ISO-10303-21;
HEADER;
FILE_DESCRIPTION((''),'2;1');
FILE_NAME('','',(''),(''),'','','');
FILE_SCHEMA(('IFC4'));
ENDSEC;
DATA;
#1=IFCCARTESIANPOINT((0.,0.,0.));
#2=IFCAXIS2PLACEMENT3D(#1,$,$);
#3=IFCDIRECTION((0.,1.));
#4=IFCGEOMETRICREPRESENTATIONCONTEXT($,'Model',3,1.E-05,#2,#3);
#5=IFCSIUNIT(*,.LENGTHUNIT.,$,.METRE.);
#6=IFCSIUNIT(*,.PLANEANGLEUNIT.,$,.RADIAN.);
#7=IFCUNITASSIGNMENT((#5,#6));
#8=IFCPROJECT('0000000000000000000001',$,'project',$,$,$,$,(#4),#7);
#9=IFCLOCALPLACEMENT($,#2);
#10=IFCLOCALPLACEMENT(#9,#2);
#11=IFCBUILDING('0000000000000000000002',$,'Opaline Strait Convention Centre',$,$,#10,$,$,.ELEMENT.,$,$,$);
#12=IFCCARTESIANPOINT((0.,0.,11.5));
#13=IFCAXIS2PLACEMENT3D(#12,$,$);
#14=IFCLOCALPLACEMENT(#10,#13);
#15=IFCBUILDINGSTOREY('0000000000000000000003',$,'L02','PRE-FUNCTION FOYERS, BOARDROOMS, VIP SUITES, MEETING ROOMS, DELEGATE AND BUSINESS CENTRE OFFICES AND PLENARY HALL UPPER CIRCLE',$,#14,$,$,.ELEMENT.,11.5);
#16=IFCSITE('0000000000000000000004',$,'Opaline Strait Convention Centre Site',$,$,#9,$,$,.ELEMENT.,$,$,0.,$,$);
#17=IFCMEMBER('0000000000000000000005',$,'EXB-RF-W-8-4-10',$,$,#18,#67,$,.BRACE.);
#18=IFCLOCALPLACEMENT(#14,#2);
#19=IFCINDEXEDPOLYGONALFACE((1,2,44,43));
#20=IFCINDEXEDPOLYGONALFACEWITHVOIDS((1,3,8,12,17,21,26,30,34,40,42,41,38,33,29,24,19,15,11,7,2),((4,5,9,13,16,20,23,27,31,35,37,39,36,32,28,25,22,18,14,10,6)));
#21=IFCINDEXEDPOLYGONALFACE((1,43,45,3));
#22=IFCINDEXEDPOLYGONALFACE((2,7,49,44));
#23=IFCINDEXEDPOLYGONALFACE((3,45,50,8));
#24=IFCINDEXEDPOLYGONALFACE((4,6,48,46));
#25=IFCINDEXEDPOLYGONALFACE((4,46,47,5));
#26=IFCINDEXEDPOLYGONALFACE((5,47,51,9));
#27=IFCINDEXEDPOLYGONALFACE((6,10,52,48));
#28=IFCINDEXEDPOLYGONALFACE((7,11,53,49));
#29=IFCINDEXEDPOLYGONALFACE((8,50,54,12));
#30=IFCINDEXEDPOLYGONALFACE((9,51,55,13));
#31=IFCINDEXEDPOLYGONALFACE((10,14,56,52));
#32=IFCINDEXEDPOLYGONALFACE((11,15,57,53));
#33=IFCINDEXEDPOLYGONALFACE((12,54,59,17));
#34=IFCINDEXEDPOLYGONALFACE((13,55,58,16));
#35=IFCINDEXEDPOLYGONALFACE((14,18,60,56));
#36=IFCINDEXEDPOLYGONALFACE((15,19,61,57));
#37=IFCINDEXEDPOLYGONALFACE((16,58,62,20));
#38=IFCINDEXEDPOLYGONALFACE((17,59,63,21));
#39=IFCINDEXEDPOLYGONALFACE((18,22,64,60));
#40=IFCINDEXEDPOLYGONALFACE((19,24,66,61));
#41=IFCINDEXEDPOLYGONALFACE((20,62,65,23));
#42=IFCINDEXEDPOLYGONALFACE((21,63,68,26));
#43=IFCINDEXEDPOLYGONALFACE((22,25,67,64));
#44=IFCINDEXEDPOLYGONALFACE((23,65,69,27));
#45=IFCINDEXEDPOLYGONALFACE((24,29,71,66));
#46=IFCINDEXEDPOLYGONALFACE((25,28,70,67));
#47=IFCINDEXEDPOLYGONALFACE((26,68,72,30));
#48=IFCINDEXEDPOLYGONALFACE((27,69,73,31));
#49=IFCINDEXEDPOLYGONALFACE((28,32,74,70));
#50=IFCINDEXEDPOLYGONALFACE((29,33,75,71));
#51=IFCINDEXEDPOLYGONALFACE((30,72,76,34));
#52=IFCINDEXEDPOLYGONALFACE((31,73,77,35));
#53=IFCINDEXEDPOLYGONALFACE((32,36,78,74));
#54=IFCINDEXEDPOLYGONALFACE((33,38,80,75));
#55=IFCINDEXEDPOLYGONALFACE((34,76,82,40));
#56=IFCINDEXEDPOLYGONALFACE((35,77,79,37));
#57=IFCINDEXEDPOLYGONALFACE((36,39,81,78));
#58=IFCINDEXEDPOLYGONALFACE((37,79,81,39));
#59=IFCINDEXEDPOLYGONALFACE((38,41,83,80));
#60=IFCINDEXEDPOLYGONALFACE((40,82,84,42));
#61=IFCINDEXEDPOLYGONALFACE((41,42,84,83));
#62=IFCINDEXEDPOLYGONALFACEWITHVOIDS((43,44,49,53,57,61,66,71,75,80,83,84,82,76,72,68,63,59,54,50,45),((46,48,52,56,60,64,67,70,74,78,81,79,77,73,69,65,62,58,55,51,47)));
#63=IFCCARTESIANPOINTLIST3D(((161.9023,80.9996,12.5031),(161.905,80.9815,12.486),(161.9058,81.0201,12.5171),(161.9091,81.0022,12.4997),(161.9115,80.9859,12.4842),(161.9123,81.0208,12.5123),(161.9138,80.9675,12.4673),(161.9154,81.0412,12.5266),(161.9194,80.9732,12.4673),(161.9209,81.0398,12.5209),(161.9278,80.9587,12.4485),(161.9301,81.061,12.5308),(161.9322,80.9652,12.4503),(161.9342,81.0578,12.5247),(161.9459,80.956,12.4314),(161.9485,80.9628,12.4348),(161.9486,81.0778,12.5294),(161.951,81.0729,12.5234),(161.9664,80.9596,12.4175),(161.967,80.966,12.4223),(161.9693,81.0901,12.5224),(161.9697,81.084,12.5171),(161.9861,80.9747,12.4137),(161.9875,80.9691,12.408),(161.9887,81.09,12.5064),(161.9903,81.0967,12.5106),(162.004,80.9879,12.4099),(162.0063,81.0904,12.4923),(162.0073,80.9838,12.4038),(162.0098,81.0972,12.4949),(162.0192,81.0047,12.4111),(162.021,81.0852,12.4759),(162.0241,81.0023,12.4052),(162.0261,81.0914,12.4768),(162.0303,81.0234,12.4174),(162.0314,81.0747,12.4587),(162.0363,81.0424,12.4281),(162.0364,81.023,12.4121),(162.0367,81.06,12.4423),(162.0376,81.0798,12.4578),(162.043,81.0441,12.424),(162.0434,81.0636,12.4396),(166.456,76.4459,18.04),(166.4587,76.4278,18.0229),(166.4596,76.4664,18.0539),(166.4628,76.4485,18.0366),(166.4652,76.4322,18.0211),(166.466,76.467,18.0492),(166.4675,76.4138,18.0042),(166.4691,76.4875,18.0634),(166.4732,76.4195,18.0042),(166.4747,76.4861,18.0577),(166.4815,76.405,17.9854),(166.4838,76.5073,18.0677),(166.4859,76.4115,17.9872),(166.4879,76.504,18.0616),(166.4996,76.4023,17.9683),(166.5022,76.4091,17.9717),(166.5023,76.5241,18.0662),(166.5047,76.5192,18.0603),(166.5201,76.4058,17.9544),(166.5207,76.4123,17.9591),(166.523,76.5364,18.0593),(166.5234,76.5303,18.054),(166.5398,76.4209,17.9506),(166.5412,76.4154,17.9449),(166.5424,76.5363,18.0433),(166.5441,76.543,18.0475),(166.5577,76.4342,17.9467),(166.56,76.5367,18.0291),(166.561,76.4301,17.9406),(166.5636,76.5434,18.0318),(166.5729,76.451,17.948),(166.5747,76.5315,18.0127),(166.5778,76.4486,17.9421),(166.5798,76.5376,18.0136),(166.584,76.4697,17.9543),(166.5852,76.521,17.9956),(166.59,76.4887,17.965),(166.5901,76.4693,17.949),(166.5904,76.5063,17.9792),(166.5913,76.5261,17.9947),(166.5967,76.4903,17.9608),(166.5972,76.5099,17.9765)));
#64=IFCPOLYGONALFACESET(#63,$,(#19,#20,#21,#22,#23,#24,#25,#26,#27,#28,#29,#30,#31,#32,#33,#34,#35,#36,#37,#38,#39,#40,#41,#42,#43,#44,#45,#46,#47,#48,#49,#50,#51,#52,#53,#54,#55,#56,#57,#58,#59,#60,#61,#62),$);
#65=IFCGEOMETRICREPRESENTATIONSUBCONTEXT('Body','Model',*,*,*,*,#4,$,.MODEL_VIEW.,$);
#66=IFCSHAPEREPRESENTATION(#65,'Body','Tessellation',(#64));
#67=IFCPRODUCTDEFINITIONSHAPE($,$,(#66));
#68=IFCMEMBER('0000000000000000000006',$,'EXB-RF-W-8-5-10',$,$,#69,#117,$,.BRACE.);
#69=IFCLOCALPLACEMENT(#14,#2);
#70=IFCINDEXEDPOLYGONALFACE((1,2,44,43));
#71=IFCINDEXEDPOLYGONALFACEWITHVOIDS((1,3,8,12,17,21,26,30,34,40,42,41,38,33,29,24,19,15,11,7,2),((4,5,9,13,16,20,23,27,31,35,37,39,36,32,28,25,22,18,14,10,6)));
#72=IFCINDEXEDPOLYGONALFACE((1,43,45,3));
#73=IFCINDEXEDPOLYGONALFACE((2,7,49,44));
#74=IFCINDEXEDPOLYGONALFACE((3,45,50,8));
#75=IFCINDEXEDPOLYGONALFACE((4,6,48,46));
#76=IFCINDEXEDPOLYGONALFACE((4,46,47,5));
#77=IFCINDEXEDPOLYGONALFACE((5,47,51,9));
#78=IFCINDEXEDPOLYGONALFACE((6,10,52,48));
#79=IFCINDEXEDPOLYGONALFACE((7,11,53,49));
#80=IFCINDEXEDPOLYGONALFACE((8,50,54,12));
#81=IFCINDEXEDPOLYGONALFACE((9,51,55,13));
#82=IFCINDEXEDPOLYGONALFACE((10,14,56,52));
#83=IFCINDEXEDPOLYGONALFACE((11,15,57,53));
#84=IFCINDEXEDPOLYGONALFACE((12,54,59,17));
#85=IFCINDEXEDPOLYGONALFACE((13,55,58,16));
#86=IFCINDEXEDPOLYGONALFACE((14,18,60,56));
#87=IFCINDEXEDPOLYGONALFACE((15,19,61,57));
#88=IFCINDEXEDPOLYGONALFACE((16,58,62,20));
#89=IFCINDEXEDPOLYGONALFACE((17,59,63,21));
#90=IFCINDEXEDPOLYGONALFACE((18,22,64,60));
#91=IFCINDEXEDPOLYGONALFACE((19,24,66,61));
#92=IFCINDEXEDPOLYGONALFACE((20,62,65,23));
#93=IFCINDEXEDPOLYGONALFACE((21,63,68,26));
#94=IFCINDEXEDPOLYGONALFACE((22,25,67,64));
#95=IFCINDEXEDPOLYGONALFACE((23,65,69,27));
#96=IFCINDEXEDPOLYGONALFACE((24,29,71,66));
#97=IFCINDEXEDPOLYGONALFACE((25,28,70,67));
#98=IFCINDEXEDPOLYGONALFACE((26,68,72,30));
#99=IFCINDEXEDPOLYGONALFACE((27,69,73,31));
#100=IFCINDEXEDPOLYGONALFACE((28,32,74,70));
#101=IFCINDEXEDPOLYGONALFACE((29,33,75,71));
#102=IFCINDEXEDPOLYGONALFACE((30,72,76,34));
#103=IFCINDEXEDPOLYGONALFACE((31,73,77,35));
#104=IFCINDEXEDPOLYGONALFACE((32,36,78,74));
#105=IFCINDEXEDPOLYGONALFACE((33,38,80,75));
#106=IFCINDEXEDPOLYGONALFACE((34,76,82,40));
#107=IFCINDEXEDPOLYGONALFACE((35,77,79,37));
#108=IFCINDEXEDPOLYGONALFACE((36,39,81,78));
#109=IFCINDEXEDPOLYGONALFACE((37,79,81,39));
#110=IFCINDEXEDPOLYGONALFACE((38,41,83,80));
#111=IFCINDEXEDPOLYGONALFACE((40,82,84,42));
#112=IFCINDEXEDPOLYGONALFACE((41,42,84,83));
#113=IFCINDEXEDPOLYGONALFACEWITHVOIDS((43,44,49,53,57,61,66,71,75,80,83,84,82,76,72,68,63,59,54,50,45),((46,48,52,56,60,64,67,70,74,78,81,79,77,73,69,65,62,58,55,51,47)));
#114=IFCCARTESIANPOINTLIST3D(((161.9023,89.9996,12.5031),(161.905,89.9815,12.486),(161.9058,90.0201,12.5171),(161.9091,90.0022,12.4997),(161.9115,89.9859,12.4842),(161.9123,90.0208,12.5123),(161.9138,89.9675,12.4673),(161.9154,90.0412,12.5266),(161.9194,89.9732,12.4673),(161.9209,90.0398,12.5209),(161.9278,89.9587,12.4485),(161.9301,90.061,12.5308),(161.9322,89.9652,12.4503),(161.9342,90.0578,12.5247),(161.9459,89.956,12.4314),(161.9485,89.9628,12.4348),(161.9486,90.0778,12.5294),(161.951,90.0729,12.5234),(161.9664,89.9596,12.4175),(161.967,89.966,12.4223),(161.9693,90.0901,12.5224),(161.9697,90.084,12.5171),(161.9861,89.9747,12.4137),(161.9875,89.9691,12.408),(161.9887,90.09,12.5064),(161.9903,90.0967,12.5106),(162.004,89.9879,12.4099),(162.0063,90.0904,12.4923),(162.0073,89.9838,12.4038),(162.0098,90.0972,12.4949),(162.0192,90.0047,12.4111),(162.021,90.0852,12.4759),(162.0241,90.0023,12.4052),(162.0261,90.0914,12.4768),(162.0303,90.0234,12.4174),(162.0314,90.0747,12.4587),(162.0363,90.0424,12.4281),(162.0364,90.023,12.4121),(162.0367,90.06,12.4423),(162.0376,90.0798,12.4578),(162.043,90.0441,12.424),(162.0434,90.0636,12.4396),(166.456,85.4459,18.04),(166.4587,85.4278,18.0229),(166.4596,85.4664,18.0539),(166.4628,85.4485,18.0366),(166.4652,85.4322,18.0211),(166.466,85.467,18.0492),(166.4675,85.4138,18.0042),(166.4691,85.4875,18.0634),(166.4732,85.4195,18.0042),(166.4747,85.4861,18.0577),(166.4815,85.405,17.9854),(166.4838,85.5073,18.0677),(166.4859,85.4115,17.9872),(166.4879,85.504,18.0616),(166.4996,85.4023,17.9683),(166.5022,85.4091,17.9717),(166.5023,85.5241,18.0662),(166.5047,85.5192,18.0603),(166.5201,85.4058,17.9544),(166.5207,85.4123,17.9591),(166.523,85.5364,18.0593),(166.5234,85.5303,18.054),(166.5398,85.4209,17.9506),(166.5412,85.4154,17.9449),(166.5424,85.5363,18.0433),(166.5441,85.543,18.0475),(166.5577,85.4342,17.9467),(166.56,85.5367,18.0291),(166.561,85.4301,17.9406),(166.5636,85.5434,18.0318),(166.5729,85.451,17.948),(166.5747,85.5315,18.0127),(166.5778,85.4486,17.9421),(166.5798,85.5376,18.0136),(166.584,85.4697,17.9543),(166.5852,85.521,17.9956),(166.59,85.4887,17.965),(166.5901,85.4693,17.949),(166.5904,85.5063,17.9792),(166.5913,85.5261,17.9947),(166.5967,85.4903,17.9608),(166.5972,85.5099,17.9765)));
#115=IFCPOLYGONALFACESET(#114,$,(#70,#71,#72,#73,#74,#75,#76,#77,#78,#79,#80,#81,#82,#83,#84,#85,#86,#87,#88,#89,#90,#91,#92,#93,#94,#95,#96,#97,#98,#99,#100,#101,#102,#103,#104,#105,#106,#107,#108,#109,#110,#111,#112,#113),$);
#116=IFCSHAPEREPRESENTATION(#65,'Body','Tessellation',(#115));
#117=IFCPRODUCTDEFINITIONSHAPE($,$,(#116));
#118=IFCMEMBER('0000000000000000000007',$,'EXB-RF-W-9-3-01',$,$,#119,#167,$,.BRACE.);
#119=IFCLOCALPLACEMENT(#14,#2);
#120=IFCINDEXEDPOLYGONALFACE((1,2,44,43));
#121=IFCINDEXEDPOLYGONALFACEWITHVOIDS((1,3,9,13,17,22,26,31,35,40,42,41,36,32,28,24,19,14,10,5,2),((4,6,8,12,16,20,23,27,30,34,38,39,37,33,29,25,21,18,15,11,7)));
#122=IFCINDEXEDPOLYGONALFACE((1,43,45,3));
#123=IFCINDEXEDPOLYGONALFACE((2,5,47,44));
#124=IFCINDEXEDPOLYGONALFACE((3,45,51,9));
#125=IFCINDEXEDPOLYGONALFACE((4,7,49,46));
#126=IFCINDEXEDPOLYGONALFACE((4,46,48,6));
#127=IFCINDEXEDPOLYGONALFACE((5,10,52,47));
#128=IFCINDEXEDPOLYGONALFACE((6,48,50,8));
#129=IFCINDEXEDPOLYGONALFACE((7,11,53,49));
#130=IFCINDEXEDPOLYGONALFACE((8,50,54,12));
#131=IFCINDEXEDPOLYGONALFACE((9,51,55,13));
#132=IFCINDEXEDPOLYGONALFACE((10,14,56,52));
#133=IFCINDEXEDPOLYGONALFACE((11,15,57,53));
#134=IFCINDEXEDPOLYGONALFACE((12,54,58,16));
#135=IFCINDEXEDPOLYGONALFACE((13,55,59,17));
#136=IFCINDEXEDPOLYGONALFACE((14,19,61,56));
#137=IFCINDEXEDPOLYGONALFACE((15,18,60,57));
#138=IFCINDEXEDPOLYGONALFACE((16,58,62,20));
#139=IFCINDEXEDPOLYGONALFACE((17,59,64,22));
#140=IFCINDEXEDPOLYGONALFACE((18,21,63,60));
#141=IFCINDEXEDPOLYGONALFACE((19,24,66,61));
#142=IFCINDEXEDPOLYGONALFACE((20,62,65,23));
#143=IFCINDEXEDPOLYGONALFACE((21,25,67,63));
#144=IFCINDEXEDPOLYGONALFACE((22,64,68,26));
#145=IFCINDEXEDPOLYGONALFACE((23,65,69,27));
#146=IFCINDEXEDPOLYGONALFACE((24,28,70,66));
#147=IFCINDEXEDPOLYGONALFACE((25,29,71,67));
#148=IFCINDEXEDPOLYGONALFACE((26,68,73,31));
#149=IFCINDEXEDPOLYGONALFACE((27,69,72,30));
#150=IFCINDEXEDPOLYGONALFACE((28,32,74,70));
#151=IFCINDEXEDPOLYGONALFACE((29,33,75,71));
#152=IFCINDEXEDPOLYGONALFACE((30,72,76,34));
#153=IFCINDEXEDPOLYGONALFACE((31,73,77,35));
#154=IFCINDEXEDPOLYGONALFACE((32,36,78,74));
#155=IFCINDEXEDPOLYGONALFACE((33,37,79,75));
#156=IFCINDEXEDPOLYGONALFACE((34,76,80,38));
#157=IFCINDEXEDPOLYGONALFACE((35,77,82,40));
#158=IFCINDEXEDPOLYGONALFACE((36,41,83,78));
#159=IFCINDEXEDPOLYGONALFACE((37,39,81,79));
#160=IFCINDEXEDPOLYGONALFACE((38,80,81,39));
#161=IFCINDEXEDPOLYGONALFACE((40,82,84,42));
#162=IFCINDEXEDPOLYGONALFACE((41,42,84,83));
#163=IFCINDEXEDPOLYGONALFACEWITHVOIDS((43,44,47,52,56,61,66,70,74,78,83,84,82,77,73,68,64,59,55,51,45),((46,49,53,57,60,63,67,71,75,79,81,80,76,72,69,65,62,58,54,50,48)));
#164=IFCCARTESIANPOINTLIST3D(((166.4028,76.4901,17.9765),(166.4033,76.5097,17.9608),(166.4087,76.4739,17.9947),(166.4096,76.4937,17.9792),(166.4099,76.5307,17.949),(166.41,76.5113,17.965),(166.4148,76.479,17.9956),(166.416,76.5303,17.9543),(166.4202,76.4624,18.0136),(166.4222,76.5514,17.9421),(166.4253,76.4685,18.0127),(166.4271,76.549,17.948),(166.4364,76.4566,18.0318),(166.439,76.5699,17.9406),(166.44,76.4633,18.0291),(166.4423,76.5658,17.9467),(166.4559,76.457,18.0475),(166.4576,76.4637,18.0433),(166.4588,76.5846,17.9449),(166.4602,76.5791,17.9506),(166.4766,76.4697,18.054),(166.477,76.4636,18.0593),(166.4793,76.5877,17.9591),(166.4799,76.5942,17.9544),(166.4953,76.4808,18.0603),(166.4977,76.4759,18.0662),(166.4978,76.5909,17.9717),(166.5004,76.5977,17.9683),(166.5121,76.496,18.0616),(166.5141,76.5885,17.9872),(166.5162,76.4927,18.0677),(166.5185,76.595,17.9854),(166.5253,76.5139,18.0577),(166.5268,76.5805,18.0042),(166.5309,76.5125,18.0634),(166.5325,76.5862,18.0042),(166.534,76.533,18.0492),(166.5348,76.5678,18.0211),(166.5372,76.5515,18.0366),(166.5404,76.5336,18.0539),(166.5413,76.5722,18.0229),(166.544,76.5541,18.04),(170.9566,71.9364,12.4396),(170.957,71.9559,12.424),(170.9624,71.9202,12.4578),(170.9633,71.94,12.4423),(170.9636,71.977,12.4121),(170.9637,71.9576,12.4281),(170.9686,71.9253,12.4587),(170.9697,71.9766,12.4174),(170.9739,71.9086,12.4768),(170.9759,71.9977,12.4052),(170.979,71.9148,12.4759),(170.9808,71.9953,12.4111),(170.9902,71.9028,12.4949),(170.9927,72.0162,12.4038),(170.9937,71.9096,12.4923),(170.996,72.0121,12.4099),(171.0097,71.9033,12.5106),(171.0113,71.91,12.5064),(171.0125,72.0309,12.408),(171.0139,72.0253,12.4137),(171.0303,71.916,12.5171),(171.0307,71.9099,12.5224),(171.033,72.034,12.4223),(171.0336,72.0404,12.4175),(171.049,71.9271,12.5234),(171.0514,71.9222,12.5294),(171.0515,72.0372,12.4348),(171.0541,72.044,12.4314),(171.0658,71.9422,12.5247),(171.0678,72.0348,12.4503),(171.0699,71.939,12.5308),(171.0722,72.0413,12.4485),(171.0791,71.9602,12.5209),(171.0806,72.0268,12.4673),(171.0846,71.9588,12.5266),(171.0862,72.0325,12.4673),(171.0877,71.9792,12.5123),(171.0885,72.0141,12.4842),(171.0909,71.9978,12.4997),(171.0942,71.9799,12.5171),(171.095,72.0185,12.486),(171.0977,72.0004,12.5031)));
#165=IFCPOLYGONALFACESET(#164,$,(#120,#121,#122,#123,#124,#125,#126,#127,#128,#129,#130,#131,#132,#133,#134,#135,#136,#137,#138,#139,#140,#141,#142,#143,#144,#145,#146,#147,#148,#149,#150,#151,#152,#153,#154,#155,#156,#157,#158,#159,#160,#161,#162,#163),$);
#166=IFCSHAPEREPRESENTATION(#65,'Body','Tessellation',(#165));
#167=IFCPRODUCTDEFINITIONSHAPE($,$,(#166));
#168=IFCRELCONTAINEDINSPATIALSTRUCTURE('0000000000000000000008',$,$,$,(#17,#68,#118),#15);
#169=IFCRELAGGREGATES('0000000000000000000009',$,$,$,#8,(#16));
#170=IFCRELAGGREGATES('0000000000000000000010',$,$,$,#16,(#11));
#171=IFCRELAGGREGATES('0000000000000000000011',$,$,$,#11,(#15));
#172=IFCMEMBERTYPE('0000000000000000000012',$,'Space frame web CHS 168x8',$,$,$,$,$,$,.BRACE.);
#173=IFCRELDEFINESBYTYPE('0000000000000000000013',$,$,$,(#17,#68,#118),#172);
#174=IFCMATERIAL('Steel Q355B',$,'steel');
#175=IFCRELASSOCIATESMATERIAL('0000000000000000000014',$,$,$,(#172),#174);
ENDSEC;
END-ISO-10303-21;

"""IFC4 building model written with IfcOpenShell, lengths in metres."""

from ifc_helpers import new_model, si_unit, direction, frame, origin, origin_2d, place, context, subcontext, project, spatial, hollow_circle, extrude, material, material_profile, profile_set, type_object, element, save


model = new_model("IFC4")

# Units and contexts
model_context = context("Model", 3, precision=1e-05, world=origin(), true_north=direction((0.0, 1.0)))
body_context = subcontext(model_context, "Body", "Model", "MODEL_VIEW")
ifc_project = project(units=[si_unit("LENGTHUNIT", "METRE"), si_unit("PLANEANGLEUNIT", "RADIAN")], contexts=[model_context])

# Site, building, storey
site_placement = place(None, origin())
site = spatial("IfcSite", under=ifc_project, at=site_placement, Name="Opaline Strait Convention Centre Site", CompositionType="ELEMENT", RefElevation=0.0)
building_placement = place(site_placement, origin())
building = spatial("IfcBuilding", under=site, at=building_placement, Name="Opaline Strait Convention Centre", CompositionType="ELEMENT")
storey_placement = place(building_placement, frame((0.0, 0.0, 11.5)))
storey = spatial("IfcBuildingStorey", under=building, at=storey_placement, Name="L02", Description="PRE-FUNCTION FOYERS, BOARDROOMS, VIP SUITES, MEETING ROOMS, DELEGATE AND BUSINESS CENTRE OFFICES AND PLENARY HALL UPPER CIRCLE", CompositionType="ELEMENT", Elevation=11.5)

# Members
ifc_material_1 = material(Name="Steel Q355B", Category="steel")
ifc_material_profile_1 = material_profile(ifc_material_1, hollow_circle(Radius=0.084, WallThickness=0.0081, at=origin_2d()), Name="CHS 168x8")
ifc_profile_set_1 = profile_set([ifc_material_profile_1], Name="Steel Q355B")
member_type_1 = type_object("IfcMemberType", Name="Space frame web CHS 168x8", PredefinedType="BRACE", material=ifc_profile_set_1)
for number, where, z_axis, x_axis, name in (
    (1, (166.5269, 76.4731, 18.0042), (-0.536178, 0.536178, -0.65194), (-0.707107, -0.707107, 0.0), "EXB-RF-W-8-4-10"),
    (2, (166.5269, 85.4731, 18.0042), (-0.536178, 0.536178, -0.65194), (-0.707107, -0.707107, 0.0), "EXB-RF-W-8-5-10"),
    (3, (166.4731, 76.5269, 18.0042), (0.536178, -0.536178, -0.65194), (0.707107, 0.707107, 0.0), "EXB-RF-W-9-3-01"),
):
    element("IfcMember", number, at=place(storey_placement, frame(where, z_axis=z_axis, x_axis=x_axis)), inside=storey, type_object=member_type_1, Name=name, PredefinedType="BRACE", context=body_context, shape_type="SweptSolid", body=[
        extrude(hollow_circle(Radius=0.084, WallThickness=0.0081, at=origin_2d()), origin(), (0.0, 0.0, 1.0), 8.4929),
    ])

save(model, "model.ifc")
